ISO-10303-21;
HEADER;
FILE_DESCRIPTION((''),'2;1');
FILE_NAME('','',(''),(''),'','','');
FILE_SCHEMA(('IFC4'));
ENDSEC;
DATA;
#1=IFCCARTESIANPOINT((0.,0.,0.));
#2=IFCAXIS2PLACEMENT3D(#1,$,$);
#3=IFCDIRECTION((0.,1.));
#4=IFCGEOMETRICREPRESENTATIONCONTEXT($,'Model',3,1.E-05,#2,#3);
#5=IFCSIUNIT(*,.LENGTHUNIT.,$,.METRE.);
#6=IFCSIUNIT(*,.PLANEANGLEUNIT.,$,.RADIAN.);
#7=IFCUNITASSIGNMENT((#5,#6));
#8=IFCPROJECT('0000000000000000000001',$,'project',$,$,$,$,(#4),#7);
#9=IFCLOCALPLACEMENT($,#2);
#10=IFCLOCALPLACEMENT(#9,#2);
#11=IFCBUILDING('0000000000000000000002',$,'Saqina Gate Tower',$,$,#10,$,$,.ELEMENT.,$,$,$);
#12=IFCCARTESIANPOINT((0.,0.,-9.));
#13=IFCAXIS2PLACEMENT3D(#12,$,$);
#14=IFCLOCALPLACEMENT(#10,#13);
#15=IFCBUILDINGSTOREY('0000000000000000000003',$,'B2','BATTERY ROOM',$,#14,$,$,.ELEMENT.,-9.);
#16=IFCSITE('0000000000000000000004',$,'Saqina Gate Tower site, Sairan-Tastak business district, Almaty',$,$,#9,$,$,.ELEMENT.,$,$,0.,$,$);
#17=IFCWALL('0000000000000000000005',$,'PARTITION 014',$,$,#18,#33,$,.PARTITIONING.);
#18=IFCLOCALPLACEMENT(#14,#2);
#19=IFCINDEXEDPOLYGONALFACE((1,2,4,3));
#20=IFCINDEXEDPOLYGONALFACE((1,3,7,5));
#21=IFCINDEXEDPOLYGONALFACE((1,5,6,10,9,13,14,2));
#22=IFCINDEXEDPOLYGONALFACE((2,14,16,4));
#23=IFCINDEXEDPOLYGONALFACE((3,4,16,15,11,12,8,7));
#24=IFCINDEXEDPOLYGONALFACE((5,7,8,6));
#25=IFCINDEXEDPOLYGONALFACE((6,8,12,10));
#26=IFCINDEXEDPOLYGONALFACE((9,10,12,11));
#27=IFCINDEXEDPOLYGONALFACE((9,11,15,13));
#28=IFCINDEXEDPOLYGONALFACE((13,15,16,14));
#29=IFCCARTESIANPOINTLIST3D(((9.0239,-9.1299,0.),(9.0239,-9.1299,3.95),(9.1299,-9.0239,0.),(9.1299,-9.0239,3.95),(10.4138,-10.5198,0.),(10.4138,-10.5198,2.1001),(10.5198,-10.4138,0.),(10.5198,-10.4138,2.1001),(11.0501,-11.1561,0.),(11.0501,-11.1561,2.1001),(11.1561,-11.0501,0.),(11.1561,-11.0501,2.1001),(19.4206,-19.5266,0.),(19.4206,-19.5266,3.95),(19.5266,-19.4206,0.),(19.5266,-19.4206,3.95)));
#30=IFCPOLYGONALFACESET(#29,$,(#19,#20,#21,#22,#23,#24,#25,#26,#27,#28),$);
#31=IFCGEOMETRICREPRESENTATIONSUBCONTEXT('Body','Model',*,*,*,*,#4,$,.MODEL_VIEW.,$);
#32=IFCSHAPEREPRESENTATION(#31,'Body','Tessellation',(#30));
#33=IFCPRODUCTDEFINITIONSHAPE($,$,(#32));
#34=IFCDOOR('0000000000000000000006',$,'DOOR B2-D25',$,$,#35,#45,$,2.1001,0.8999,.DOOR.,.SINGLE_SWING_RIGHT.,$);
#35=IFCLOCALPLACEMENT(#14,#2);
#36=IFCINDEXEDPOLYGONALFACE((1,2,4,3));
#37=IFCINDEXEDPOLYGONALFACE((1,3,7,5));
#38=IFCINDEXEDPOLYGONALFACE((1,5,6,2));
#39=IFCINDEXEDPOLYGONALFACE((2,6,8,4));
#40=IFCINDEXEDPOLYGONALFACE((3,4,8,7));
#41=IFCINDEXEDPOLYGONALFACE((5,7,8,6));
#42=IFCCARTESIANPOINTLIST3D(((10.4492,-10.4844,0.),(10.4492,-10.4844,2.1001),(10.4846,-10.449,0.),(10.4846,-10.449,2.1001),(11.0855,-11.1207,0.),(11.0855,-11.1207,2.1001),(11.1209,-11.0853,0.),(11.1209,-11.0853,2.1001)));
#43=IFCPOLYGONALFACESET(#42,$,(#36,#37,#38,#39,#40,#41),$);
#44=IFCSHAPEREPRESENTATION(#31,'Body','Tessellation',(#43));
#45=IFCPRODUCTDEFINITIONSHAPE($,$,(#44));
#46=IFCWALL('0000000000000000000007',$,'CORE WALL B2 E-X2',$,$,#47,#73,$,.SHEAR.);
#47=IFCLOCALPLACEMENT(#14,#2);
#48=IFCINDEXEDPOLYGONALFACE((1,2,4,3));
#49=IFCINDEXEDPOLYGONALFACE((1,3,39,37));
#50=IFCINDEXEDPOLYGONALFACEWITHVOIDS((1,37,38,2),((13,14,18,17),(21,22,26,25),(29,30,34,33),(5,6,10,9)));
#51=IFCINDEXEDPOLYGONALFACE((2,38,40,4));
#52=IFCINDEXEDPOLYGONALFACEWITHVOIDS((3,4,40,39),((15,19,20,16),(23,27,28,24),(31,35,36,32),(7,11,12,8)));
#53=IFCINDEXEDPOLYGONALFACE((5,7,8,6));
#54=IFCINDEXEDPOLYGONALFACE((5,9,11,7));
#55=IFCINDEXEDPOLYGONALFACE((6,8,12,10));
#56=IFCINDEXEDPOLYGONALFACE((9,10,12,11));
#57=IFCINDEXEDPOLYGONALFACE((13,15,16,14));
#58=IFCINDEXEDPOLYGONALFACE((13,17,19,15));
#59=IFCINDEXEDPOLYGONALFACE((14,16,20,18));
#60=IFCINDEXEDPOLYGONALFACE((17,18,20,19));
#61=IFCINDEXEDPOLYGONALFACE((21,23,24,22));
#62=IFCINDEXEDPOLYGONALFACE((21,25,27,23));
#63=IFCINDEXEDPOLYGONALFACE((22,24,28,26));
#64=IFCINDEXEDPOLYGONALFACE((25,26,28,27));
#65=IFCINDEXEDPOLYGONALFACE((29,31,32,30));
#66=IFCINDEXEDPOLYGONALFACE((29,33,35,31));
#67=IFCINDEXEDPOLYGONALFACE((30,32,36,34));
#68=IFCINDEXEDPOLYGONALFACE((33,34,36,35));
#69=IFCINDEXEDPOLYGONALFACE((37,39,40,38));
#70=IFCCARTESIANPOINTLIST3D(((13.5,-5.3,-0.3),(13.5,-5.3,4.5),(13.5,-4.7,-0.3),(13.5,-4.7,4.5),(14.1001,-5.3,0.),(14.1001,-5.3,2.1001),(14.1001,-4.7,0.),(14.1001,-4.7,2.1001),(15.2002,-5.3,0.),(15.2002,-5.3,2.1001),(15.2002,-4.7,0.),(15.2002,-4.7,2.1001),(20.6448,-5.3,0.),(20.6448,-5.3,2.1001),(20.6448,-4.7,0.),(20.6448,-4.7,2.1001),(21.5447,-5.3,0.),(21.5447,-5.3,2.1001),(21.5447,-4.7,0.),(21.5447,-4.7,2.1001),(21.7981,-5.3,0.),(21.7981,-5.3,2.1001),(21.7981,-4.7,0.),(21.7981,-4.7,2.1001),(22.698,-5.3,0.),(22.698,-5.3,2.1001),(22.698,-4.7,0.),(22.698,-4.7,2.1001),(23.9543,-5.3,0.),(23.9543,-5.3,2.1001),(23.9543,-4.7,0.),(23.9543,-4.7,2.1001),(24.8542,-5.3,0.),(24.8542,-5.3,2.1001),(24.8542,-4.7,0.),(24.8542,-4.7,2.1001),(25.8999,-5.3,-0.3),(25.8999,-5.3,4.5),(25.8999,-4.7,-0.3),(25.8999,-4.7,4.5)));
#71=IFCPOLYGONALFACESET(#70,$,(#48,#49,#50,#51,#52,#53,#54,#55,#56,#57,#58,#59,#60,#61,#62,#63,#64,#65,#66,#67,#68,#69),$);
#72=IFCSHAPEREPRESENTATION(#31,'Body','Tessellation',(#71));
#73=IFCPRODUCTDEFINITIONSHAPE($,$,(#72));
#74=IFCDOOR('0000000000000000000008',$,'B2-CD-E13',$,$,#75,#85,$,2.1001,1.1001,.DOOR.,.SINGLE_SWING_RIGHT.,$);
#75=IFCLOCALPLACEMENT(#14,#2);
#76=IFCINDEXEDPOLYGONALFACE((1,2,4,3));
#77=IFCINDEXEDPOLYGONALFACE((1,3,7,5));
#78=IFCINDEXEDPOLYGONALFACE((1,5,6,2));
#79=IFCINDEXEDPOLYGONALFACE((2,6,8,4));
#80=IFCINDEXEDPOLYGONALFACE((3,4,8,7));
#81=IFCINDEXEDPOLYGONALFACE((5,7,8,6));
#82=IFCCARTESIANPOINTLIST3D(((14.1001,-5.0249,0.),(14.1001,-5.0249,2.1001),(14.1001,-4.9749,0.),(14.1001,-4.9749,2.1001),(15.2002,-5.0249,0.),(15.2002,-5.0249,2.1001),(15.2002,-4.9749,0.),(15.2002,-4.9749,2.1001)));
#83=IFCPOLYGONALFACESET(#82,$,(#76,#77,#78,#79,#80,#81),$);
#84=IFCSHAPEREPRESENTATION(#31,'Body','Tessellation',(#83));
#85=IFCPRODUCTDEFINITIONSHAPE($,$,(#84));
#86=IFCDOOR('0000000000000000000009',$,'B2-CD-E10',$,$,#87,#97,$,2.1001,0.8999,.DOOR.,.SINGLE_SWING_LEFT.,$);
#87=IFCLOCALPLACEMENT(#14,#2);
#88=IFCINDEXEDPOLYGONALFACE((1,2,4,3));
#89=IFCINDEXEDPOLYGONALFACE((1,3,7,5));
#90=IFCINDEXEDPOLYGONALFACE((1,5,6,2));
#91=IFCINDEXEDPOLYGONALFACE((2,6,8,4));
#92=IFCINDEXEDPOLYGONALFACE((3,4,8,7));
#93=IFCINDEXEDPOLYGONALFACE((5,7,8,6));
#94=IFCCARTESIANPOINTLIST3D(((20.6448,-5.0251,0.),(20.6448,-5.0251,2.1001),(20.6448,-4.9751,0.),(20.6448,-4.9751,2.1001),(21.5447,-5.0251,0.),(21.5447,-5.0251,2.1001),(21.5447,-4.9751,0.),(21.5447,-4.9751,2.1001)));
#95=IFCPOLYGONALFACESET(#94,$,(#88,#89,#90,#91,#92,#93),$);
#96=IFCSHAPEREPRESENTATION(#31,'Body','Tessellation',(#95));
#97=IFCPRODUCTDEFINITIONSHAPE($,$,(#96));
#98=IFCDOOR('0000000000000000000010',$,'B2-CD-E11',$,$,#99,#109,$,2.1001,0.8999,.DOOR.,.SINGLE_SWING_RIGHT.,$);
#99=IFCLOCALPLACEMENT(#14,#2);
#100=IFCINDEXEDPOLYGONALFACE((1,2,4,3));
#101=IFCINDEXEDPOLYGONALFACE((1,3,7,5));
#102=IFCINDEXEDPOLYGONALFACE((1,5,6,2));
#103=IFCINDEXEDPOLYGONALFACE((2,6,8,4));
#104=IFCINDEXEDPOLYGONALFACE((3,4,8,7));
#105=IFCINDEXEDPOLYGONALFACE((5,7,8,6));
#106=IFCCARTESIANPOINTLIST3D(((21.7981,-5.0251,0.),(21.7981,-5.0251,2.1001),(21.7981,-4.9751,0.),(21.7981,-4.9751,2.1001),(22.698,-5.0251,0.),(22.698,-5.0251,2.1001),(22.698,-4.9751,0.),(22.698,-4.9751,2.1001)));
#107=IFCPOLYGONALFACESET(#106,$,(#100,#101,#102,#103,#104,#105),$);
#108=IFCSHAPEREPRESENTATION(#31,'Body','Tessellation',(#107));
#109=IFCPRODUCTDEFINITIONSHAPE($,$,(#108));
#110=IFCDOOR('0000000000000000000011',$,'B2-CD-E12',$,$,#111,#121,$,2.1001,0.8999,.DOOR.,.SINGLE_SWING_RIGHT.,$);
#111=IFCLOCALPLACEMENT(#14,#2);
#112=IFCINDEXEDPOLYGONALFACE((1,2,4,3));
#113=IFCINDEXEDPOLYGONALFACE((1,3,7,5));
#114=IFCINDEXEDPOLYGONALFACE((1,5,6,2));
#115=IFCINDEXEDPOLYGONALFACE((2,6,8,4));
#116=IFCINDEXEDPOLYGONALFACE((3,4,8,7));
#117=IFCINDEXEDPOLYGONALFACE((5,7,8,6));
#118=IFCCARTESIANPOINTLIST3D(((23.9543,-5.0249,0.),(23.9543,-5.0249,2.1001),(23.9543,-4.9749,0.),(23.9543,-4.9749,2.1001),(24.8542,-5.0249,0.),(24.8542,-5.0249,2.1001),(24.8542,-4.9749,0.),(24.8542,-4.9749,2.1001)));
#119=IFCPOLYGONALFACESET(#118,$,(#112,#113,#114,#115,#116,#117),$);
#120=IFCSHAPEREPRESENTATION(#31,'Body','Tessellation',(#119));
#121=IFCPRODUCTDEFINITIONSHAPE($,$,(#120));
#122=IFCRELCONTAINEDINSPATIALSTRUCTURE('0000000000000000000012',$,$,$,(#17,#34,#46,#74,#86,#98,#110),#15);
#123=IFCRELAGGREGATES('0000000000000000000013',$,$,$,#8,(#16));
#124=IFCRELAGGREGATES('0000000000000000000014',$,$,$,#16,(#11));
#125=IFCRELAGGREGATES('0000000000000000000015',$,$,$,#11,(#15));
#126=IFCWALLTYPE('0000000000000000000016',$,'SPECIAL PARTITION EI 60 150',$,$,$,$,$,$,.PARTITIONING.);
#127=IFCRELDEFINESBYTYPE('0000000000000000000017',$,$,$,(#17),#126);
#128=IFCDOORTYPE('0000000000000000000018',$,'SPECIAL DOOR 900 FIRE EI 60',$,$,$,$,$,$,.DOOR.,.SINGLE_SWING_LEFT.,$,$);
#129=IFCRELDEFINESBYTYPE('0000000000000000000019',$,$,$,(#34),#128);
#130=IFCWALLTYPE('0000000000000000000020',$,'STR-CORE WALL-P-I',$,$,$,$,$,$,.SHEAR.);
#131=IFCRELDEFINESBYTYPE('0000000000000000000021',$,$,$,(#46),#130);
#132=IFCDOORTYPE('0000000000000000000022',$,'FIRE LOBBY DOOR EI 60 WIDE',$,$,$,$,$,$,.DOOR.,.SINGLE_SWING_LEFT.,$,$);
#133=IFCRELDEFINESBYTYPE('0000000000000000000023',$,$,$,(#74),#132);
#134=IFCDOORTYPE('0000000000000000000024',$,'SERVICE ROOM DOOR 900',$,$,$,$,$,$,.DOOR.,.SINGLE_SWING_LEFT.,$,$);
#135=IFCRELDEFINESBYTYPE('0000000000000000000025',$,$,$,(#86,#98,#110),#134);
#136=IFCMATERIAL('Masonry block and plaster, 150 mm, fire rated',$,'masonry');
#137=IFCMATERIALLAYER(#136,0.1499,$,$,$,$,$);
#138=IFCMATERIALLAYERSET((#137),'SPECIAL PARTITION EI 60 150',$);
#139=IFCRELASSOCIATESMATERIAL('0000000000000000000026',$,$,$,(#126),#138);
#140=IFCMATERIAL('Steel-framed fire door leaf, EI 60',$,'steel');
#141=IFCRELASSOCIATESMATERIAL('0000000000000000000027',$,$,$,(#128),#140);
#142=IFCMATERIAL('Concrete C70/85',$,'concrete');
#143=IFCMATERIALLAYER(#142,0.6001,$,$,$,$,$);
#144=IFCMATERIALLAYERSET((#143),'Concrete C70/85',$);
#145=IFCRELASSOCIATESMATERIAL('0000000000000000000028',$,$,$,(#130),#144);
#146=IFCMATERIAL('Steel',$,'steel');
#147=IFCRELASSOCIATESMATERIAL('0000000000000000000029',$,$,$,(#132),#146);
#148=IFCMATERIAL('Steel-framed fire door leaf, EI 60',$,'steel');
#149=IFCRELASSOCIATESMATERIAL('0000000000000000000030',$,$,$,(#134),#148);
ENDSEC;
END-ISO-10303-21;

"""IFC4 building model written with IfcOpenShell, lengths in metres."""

from ifc_helpers import new_model, si_unit, direction, frame, frame_2d, origin, place, context, subcontext, project, spatial, rectangle, extrude, material, layer, layer_set, type_object, element, fill, save


model = new_model("IFC4")

# Units and contexts
model_context = context("Model", 3, precision=1e-05, world=origin(), true_north=direction((0.0, 1.0)))
body_context = subcontext(model_context, "Body", "Model", "MODEL_VIEW")
ifc_project = project(units=[si_unit("LENGTHUNIT", "METRE"), si_unit("PLANEANGLEUNIT", "RADIAN")], contexts=[model_context])

# Site, building, storey
site_placement = place(None, origin())
site = spatial("IfcSite", under=ifc_project, at=site_placement, Name="Saqina Gate Tower site, Sairan-Tastak business district, Almaty", CompositionType="ELEMENT", RefElevation=0.0)
building_placement = place(site_placement, origin())
building = spatial("IfcBuilding", under=site, at=building_placement, Name="Saqina Gate Tower", CompositionType="ELEMENT")
storey_placement = place(building_placement, frame((0.0, 0.0, -9.0)))
storey = spatial("IfcBuildingStorey", under=building, at=storey_placement, Name="B2", Description="BATTERY ROOM", CompositionType="ELEMENT", Elevation=-9.0)

# Wall, opening, door
ifc_material_1 = material(Name="Masonry block and plaster, 150 mm, fire rated", Category="masonry")
ifc_layer_1 = layer(ifc_material_1, 0.1499)
ifc_layer_set_1 = layer_set([ifc_layer_1], Name="SPECIAL PARTITION EI 60 150")
wall_type_1 = type_object("IfcWallType", Name="SPECIAL PARTITION EI 60 150", PredefinedType="PARTITIONING", material=ifc_layer_set_1)
wall_1_placement = place(storey_placement, frame((9.0769, -9.0769, 0.0), z_axis=(0.0, 0.0, 1.0), x_axis=(0.707107, -0.707107, 0.0)))
wall_1 = element("IfcWall", 1, at=wall_1_placement, inside=storey, type_object=wall_type_1, Name="PARTITION 014", PredefinedType="PARTITIONING", context=body_context, shape_type="SweptSolid", body=[
    extrude(rectangle(XDim=14.7031, YDim=0.1499, at=frame_2d((7.3516, 0.0))), origin(), (0.0, 0.0, 1.0), 3.95),
])
opening_1_placement = place(wall_1_placement, frame((1.9656, 0.0, 0.0)))
opening_1 = element("IfcOpeningElement", 2, at=opening_1_placement, cuts=wall_1, PredefinedType="OPENING", context=body_context, shape_type="SweptSolid", body=[
    extrude(rectangle(XDim=0.8999, YDim=2.1001, at=frame_2d((0.45, 1.05))), frame((0.0, 0.0869, 0.0), z_axis=(0.0, -1.0, 0.0), x_axis=(1.0, 0.0, 0.0)), (0.0, 0.0, 1.0), 0.1738),
])
ifc_material_2 = material(Name="Steel-framed fire door leaf, EI 60", Category="steel")
door_type_1 = type_object("IfcDoorType", Name="SPECIAL DOOR 900 FIRE EI 60", OperationType="SINGLE_SWING_LEFT", PredefinedType="DOOR", material=ifc_material_2)
door_1_placement = place(opening_1_placement, frame((0.8999, 0.0, 0.0), z_axis=(0.0, 0.0, 1.0), x_axis=(-1.0, 0.0, 0.0)))
door_1 = element("IfcDoor", 3, at=door_1_placement, inside=storey, type_object=door_type_1, Name="DOOR B2-D25", OperationType="SINGLE_SWING_RIGHT", OverallHeight=2.1001, OverallWidth=0.8999, PredefinedType="DOOR", context=body_context, shape_type="SweptSolid", body=[
    extrude(rectangle(XDim=0.8999, YDim=2.1001, at=frame_2d((0.45, 1.05))), frame((0.0, 0.0249, 0.0), z_axis=(0.0, -1.0, 0.0), x_axis=(1.0, 0.0, 0.0)), (0.0, 0.0, 1.0), 0.05),
])
fill(opening_1, door_1)

# Wall, openings, doors
ifc_material_3 = material(Name="Concrete C70/85", Category="concrete")
ifc_layer_2 = layer(ifc_material_3, 0.6001)
ifc_layer_set_2 = layer_set([ifc_layer_2], Name="Concrete C70/85")
wall_type_2 = type_object("IfcWallType", Name="STR-CORE WALL-P-I", PredefinedType="SHEAR", material=ifc_layer_set_2)
wall_2_placement = place(storey_placement, frame((13.5, -5.0, -0.3), z_axis=(0.0, 0.0, 1.0), x_axis=(1.0, 0.0, 0.0)))
wall_2 = element("IfcWall", 4, at=wall_2_placement, inside=storey, type_object=wall_type_2, Name="CORE WALL B2 E-X2", PredefinedType="SHEAR", context=body_context, shape_type="SweptSolid", body=[
    extrude(rectangle(XDim=12.3999, YDim=0.6001, at=frame_2d((6.2, 0.0))), origin(), (0.0, 0.0, 1.0), 4.8),
])
opening_2_placement = place(wall_2_placement, frame((7.1448, 0.0, 0.3)))
opening_2 = element("IfcOpeningElement", 5, at=opening_2_placement, cuts=wall_2, PredefinedType="OPENING", context=body_context, shape_type="SweptSolid", body=[
    extrude(rectangle(XDim=0.8999, YDim=2.1001, at=frame_2d((0.45, 1.05))), frame((0.0, 0.312, 0.0), z_axis=(0.0, -1.0, 0.0), x_axis=(1.0, 0.0, 0.0)), (0.0, 0.0, 1.0), 0.624),
])
opening_3_placement = place(wall_2_placement, frame((8.2981, 0.0, 0.3)))
opening_3 = element("IfcOpeningElement", 6, at=opening_3_placement, cuts=wall_2, PredefinedType="OPENING", context=body_context, shape_type="SweptSolid", body=[
    extrude(rectangle(XDim=0.8999, YDim=2.1001, at=frame_2d((0.45, 1.05))), frame((0.0, 0.312, 0.0), z_axis=(0.0, -1.0, 0.0), x_axis=(1.0, 0.0, 0.0)), (0.0, 0.0, 1.0), 0.624),
])
opening_4_placement = place(wall_2_placement, frame((10.4543, 0.0, 0.3)))
opening_4 = element("IfcOpeningElement", 7, at=opening_4_placement, cuts=wall_2, PredefinedType="OPENING", context=body_context, shape_type="SweptSolid", body=[
    extrude(rectangle(XDim=0.8999, YDim=2.1001, at=frame_2d((0.45, 1.05))), frame((0.0, 0.312, 0.0), z_axis=(0.0, -1.0, 0.0), x_axis=(1.0, 0.0, 0.0)), (0.0, 0.0, 1.0), 0.624),
])
opening_5_placement = place(wall_2_placement, frame((0.6001, 0.0, 0.3)))
opening_5 = element("IfcOpeningElement", 8, at=opening_5_placement, cuts=wall_2, PredefinedType="OPENING", context=body_context, shape_type="SweptSolid", body=[
    extrude(rectangle(XDim=1.1001, YDim=2.1001, at=frame_2d((0.55, 1.05))), frame((0.0, 0.312, 0.0), z_axis=(0.0, -1.0, 0.0), x_axis=(1.0, 0.0, 0.0)), (0.0, 0.0, 1.0), 0.624),
])
ifc_material_4 = material(Name="Steel", Category="steel")
door_type_2 = type_object("IfcDoorType", Name="FIRE LOBBY DOOR EI 60 WIDE", OperationType="SINGLE_SWING_LEFT", PredefinedType="DOOR", material=ifc_material_4)
door_2_placement = place(opening_5_placement, frame((1.1001, 0.0, 0.0), z_axis=(0.0, 0.0, 1.0), x_axis=(-1.0, 0.0, 0.0)))
door_2 = element("IfcDoor", 9, at=door_2_placement, inside=storey, type_object=door_type_2, Name="B2-CD-E13", OperationType="SINGLE_SWING_RIGHT", OverallHeight=2.1001, OverallWidth=1.1001, PredefinedType="DOOR", context=body_context, shape_type="SweptSolid", body=[
    extrude(rectangle(XDim=1.1001, YDim=2.1001, at=frame_2d((0.55, 1.05))), frame((0.0, 0.0249, 0.0), z_axis=(0.0, -1.0, 0.0), x_axis=(1.0, 0.0, 0.0)), (0.0, 0.0, 1.0), 0.05),
])
fill(opening_5, door_2)
ifc_material_5 = material(Name="Steel-framed fire door leaf, EI 60", Category="steel")
door_type_3 = type_object("IfcDoorType", Name="SERVICE ROOM DOOR 900", OperationType="SINGLE_SWING_LEFT", PredefinedType="DOOR", material=ifc_material_5)
door_3_placement = place(opening_2_placement, origin())
door_3 = element("IfcDoor", 10, at=door_3_placement, inside=storey, type_object=door_type_3, Name="B2-CD-E10", OperationType="SINGLE_SWING_LEFT", OverallHeight=2.1001, OverallWidth=0.8999, PredefinedType="DOOR", context=body_context, shape_type="SweptSolid", body=[
    extrude(rectangle(XDim=0.8999, YDim=2.1001, at=frame_2d((0.45, 1.05))), frame((0.0, 0.0249, 0.0), z_axis=(0.0, -1.0, 0.0), x_axis=(1.0, 0.0, 0.0)), (0.0, 0.0, 1.0), 0.05),
])
fill(opening_2, door_3)
door_4_placement = place(opening_3_placement, origin())
door_4 = element("IfcDoor", 11, at=door_4_placement, inside=storey, type_object=door_type_3, Name="B2-CD-E11", OperationType="SINGLE_SWING_RIGHT", OverallHeight=2.1001, OverallWidth=0.8999, PredefinedType="DOOR", context=body_context, shape_type="SweptSolid", body=[
    extrude(rectangle(XDim=0.8999, YDim=2.1001, at=frame_2d((0.45, 1.05))), frame((0.0, 0.0249, 0.0), z_axis=(0.0, -1.0, 0.0), x_axis=(1.0, 0.0, 0.0)), (0.0, 0.0, 1.0), 0.05),
])
fill(opening_3, door_4)
door_5_placement = place(opening_4_placement, frame((0.8999, 0.0, 0.0), z_axis=(0.0, 0.0, 1.0), x_axis=(-1.0, 0.0, 0.0)))
door_5 = element("IfcDoor", 12, at=door_5_placement, inside=storey, type_object=door_type_3, Name="B2-CD-E12", OperationType="SINGLE_SWING_RIGHT", OverallHeight=2.1001, OverallWidth=0.8999, PredefinedType="DOOR", context=body_context, shape_type="SweptSolid", body=[
    extrude(rectangle(XDim=0.8999, YDim=2.1001, at=frame_2d((0.45, 1.05))), frame((0.0, 0.0249, 0.0), z_axis=(0.0, -1.0, 0.0), x_axis=(1.0, 0.0, 0.0)), (0.0, 0.0, 1.0), 0.05),
])
fill(opening_4, door_5)

save(model, "model.ifc")
